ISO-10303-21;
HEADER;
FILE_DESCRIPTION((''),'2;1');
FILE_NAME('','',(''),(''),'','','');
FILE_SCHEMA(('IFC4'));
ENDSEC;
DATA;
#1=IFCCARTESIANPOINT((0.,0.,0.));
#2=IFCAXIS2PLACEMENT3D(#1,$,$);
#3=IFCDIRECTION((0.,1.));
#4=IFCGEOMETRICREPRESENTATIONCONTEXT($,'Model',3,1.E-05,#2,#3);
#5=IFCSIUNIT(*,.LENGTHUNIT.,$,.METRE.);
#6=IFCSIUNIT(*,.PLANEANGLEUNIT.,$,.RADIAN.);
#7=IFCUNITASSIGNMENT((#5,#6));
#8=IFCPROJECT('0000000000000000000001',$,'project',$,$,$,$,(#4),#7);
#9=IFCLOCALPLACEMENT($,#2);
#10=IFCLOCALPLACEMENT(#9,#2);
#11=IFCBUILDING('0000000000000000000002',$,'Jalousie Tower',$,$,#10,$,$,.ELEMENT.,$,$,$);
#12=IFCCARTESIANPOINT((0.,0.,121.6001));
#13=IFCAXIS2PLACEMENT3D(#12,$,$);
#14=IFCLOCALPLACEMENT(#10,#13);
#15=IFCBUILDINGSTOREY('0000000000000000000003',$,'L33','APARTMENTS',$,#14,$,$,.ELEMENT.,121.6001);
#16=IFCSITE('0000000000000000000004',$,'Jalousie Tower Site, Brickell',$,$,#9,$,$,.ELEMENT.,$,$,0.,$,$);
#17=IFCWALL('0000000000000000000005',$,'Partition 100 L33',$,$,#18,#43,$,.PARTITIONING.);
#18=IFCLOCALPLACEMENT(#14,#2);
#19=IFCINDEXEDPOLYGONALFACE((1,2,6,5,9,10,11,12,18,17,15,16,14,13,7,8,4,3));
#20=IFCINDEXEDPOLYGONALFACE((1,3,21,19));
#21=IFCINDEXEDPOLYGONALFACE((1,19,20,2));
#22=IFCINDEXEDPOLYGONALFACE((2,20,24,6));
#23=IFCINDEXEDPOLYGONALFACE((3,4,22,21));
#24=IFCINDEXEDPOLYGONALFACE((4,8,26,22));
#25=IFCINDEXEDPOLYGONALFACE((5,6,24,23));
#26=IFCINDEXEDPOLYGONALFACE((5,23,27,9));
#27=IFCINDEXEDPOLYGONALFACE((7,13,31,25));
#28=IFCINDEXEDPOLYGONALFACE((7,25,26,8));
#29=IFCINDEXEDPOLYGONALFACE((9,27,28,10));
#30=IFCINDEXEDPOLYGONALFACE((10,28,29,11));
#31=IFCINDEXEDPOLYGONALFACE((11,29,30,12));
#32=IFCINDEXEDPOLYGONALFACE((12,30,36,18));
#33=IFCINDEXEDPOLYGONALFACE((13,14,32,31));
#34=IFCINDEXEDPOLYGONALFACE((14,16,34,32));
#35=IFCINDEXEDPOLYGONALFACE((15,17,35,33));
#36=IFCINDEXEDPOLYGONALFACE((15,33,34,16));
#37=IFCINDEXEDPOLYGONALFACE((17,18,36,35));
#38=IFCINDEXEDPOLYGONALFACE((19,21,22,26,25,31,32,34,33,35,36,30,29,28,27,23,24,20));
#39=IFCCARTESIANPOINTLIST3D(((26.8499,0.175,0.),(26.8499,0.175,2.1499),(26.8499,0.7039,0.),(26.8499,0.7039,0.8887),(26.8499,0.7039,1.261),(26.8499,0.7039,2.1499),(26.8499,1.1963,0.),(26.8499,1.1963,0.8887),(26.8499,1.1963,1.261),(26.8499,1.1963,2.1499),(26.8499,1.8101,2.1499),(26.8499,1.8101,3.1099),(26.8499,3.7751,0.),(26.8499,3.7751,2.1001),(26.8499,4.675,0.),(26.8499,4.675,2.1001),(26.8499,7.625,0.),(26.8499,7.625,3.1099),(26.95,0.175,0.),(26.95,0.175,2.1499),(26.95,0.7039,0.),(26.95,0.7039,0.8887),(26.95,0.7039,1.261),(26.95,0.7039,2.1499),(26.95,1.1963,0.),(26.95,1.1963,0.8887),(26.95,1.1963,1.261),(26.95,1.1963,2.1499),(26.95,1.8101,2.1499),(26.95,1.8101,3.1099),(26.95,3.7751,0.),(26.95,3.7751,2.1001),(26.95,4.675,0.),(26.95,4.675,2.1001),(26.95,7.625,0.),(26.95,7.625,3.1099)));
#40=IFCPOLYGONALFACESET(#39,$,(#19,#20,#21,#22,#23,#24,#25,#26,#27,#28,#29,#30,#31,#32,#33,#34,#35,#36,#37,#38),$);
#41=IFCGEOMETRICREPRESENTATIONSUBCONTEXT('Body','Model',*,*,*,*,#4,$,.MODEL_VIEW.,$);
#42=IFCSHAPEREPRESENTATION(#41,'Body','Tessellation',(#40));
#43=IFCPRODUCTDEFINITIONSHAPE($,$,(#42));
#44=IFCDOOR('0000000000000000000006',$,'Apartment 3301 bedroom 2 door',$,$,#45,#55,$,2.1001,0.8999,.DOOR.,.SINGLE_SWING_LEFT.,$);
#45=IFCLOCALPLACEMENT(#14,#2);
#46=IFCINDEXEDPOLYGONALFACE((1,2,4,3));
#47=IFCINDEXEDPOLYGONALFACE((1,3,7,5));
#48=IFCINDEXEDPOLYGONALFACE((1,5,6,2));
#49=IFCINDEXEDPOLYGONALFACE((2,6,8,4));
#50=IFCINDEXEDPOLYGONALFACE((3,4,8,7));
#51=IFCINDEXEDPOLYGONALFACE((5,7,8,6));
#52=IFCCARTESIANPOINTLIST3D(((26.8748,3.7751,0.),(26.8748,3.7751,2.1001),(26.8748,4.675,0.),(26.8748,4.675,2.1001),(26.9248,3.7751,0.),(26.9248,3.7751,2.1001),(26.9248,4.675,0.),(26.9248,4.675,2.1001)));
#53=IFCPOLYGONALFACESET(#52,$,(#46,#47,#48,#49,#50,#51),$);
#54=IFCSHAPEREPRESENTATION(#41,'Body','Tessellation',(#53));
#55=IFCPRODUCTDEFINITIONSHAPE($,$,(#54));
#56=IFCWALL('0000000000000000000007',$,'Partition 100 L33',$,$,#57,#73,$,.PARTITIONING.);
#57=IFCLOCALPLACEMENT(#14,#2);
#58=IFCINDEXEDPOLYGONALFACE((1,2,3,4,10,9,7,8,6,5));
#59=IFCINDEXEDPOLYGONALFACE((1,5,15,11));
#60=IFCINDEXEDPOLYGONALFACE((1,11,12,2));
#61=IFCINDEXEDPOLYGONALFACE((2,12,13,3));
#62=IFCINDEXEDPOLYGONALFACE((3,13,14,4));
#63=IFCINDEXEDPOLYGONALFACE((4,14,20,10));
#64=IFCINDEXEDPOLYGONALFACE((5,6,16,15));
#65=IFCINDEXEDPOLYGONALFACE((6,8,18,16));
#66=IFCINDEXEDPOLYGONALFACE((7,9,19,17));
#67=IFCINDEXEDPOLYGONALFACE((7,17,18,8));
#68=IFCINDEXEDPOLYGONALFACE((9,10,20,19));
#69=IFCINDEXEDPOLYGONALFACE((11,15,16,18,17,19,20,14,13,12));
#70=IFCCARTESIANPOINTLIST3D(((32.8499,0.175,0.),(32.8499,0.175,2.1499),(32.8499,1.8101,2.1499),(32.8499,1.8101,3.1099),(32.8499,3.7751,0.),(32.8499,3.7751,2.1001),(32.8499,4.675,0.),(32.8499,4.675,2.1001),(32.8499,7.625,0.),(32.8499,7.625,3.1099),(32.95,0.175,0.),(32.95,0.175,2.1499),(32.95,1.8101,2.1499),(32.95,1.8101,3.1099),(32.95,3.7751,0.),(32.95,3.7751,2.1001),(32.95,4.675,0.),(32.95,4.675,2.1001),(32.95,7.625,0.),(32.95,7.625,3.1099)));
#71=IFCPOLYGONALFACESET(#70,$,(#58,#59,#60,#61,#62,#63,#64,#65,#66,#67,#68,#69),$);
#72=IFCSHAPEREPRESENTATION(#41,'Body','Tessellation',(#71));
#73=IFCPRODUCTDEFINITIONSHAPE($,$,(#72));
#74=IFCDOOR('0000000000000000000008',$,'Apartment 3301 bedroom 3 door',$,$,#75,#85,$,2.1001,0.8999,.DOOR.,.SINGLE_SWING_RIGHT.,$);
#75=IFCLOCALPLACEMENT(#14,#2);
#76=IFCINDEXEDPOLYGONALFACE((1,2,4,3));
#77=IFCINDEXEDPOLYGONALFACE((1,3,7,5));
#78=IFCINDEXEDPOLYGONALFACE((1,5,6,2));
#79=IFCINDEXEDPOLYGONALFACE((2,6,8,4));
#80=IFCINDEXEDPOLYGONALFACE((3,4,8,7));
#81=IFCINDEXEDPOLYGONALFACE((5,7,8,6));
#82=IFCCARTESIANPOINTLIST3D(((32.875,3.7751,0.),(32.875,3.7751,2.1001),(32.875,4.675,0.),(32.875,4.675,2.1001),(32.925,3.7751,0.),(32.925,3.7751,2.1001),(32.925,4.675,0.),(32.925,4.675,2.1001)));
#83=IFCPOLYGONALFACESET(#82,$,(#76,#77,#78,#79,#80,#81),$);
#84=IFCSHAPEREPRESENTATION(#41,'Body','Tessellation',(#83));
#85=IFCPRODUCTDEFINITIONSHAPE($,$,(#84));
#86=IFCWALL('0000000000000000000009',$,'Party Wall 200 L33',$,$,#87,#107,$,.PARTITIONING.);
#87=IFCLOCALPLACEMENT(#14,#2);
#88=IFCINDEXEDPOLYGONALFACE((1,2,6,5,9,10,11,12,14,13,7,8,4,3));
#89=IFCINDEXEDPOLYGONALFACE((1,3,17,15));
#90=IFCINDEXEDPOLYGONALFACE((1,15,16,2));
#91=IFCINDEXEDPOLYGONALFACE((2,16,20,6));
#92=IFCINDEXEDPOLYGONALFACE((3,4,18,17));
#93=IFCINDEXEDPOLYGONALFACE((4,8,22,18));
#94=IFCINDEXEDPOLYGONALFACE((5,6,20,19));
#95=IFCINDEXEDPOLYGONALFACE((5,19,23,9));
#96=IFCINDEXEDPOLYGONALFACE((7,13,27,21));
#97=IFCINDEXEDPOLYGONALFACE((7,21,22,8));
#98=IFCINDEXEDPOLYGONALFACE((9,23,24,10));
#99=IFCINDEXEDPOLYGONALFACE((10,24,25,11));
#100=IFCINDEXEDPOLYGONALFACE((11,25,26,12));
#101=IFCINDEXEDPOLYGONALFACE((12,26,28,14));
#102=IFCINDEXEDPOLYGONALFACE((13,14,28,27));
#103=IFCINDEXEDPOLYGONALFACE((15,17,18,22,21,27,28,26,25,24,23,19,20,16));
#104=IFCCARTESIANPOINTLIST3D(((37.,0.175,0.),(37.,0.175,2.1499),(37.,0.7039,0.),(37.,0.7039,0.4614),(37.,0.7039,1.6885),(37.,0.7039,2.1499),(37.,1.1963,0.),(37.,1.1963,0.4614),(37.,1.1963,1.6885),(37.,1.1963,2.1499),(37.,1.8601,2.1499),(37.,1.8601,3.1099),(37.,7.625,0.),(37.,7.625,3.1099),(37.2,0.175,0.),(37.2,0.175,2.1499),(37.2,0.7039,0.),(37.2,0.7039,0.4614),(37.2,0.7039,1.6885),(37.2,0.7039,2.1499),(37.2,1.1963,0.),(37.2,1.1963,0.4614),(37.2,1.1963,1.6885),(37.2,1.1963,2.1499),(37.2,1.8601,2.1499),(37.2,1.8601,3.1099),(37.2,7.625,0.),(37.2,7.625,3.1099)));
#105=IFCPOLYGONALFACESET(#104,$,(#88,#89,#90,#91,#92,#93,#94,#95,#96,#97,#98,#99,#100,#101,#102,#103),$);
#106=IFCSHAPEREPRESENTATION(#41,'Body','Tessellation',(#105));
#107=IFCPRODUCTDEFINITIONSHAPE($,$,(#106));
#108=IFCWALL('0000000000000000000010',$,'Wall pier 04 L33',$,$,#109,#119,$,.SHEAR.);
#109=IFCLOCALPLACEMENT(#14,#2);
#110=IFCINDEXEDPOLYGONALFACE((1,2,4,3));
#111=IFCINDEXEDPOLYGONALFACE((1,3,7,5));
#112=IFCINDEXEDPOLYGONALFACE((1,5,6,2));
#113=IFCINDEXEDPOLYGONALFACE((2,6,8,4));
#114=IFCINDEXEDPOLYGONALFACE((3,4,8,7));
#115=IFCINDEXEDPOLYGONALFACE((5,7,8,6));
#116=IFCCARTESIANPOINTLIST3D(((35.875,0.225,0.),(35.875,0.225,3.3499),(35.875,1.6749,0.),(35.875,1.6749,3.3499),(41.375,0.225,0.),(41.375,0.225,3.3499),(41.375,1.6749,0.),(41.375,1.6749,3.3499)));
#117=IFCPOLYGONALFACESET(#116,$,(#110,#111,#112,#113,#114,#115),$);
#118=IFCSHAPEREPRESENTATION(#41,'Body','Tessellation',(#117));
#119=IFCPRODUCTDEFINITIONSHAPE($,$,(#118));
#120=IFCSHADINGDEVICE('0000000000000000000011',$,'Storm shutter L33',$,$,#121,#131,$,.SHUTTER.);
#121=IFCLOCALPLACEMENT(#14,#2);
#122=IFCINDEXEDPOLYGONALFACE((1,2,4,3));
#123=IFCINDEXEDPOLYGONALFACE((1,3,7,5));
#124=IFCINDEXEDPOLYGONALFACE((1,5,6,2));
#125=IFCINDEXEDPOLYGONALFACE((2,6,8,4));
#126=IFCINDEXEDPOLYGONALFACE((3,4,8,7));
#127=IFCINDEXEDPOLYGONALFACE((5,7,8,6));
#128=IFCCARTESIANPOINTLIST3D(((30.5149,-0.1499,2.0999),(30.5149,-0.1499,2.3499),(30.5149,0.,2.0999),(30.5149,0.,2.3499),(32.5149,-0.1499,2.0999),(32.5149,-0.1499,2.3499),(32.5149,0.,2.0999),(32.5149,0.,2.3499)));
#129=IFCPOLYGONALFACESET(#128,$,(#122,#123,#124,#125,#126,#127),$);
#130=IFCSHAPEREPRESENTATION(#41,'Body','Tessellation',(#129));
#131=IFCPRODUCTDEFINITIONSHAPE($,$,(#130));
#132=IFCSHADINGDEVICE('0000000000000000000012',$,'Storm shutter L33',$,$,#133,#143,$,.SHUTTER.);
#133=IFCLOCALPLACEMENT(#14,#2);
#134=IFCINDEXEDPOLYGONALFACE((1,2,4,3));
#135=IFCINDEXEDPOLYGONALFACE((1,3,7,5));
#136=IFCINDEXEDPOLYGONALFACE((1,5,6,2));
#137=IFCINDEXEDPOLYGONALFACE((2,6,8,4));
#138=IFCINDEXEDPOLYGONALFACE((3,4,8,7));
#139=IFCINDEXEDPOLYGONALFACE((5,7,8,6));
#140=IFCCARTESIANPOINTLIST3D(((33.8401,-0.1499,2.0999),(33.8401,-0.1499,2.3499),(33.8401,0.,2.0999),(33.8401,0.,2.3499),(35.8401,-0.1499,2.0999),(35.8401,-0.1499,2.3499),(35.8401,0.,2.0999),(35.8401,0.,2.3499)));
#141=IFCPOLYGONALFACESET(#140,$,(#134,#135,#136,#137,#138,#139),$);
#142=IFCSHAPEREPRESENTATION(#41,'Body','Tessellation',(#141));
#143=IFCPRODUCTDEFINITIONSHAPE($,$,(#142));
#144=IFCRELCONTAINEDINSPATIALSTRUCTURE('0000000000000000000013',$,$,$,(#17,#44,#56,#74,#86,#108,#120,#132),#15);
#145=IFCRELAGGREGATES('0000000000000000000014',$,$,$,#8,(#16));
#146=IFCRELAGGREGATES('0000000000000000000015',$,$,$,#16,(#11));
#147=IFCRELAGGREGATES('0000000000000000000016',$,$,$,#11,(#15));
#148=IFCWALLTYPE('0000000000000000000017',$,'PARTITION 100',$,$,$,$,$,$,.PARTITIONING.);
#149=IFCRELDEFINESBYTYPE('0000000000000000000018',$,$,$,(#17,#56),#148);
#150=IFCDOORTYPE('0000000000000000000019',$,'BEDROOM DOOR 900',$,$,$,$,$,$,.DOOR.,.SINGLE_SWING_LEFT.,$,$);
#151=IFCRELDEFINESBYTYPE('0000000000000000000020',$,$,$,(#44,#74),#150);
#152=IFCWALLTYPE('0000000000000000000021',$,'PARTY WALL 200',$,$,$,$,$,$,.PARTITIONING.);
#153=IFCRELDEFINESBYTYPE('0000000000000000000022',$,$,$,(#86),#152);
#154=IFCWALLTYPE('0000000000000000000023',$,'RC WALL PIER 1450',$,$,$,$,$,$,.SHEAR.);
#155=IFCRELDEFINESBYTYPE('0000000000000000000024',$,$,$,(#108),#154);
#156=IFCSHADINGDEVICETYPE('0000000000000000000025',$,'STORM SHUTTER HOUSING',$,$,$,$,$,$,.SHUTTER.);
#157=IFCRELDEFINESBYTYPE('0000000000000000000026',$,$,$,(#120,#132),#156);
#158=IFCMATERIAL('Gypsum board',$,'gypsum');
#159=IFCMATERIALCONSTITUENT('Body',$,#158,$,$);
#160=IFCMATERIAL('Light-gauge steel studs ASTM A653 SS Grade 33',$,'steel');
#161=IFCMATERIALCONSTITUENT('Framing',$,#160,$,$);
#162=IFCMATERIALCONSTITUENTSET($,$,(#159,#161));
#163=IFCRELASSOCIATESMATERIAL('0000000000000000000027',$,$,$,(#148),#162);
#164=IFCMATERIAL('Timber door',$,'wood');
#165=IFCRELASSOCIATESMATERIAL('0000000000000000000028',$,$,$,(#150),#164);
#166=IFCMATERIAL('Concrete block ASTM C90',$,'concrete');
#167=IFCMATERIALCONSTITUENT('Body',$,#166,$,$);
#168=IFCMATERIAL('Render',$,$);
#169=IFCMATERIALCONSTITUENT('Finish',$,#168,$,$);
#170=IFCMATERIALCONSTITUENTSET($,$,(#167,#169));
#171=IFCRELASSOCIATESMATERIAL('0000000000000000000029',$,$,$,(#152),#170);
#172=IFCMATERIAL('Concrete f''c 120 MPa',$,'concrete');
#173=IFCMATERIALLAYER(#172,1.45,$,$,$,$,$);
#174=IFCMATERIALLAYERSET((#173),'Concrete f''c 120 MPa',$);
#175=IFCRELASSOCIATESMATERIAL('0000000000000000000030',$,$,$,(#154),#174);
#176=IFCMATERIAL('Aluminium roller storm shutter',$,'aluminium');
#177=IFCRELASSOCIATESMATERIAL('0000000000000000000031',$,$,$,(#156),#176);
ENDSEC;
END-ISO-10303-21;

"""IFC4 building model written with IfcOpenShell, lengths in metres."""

from ifc_helpers import new_model, si_unit, direction, frame, frame_2d, origin, origin_2d, place, context, subcontext, project, spatial, polyline, rectangle, outline, extrude, material, layer, layer_set, constituent, constituent_set, type_object, element, fill, save


model = new_model("IFC4")

# Units and contexts
model_context = context("Model", 3, precision=1e-05, world=origin(), true_north=direction((0.0, 1.0)))
body_context = subcontext(model_context, "Body", "Model", "MODEL_VIEW")
ifc_project = project(units=[si_unit("LENGTHUNIT", "METRE"), si_unit("PLANEANGLEUNIT", "RADIAN")], contexts=[model_context])

# Site, building, storey
site_placement = place(None, origin())
site = spatial("IfcSite", under=ifc_project, at=site_placement, Name="Jalousie Tower Site, Brickell", CompositionType="ELEMENT", RefElevation=0.0)
building_placement = place(site_placement, origin())
building = spatial("IfcBuilding", under=site, at=building_placement, Name="Jalousie Tower", CompositionType="ELEMENT")
storey_placement = place(building_placement, frame((0.0, 0.0, 121.6001)))
storey = spatial("IfcBuildingStorey", under=building, at=storey_placement, Name="L33", Description="APARTMENTS", CompositionType="ELEMENT", Elevation=121.6001)

# Walls, openings, doors
ifc_material_1 = material(Name="Gypsum board", Category="gypsum")
ifc_constituent_1 = constituent(ifc_material_1, Name="Body")
ifc_material_2 = material(Name="Light-gauge steel studs ASTM A653 SS Grade 33", Category="steel")
ifc_constituent_2 = constituent(ifc_material_2, Name="Framing")
ifc_constituent_set_1 = constituent_set(constituents=[ifc_constituent_1, ifc_constituent_2])
wall_type_1 = type_object("IfcWallType", Name="PARTITION 100", PredefinedType="PARTITIONING", material=ifc_constituent_set_1)
wall_1_placement = place(storey_placement, frame((26.8999, 0.175, 0.0), z_axis=(0.0, 0.0, 1.0), x_axis=(0.0, 1.0, 0.0)))
wall_1 = element("IfcWall", 1, at=wall_1_placement, inside=storey, type_object=wall_type_1, Name="Partition 100 L33", PredefinedType="PARTITIONING", context=body_context, shape_type="SweptSolid", body=[
    extrude(outline(polyline([(0.5288, 2.1499), (0.0, 2.1499), (0.0, 0.0), (0.5288, 0.0), (0.5288, 0.8887), (1.0212, 0.8887), (1.0212, 0.0), (7.45, 0.0), (7.45, 3.1099), (1.635, 3.1099), (1.635, 2.1499), (1.0212, 2.1499), (1.0212, 1.261), (0.5288, 1.261), (0.5288, 2.1499)])), frame((0.0, 0.05, 0.0), z_axis=(0.0, -1.0, 0.0), x_axis=(1.0, 0.0, 0.0)), (0.0, 0.0, 1.0), 0.1001),
])
opening_1_placement = place(wall_1_placement, frame((3.6001, 0.0, 0.0)))
opening_1 = element("IfcOpeningElement", 2, at=opening_1_placement, cuts=wall_1, PredefinedType="OPENING", context=body_context, shape_type="SweptSolid", body=[
    extrude(rectangle(XDim=0.8999, YDim=2.1001, at=frame_2d((0.45, 1.05))), frame((0.0, 0.0601, 0.0), z_axis=(0.0, -1.0, 0.0), x_axis=(1.0, 0.0, 0.0)), (0.0, 0.0, 1.0), 0.1201),
])
ifc_material_3 = material(Name="Timber door", Category="wood")
door_type = type_object("IfcDoorType", Name="BEDROOM DOOR 900", OperationType="SINGLE_SWING_LEFT", PredefinedType="DOOR", material=ifc_material_3)
door_1_placement = place(opening_1_placement, frame((0.8999, 0.0, 0.0), z_axis=(0.0, 0.0, 1.0), x_axis=(-1.0, 0.0, 0.0)))
door_1 = element("IfcDoor", 3, at=door_1_placement, inside=storey, type_object=door_type, Name="Apartment 3301 bedroom 2 door", OperationType="SINGLE_SWING_LEFT", OverallHeight=2.1001, OverallWidth=0.8999, PredefinedType="DOOR", context=body_context, shape_type="SweptSolid", body=[
    extrude(rectangle(XDim=0.8999, YDim=2.1001, at=frame_2d((0.45, 1.05))), frame((0.0, 0.0249, 0.0), z_axis=(0.0, -1.0, 0.0), x_axis=(1.0, 0.0, 0.0)), (0.0, 0.0, 1.0), 0.05),
])
fill(opening_1, door_1)
wall_2_placement = place(storey_placement, frame((32.8999, 0.175, 0.0), z_axis=(0.0, 0.0, 1.0), x_axis=(0.0, 1.0, 0.0)))
wall_2 = element("IfcWall", 4, at=wall_2_placement, inside=storey, type_object=wall_type_1, Name="Partition 100 L33", PredefinedType="PARTITIONING", context=body_context, shape_type="SweptSolid", body=[
    extrude(outline(polyline([(0.0, 0.0), (7.45, 0.0), (7.45, 3.1099), (1.635, 3.1099), (1.635, 2.1499), (0.0, 2.1499), (0.0, 3.1099), (0.0, 0.0)])), frame((0.0, 0.05, 0.0), z_axis=(0.0, -1.0, 0.0), x_axis=(1.0, 0.0, 0.0)), (0.0, 0.0, 1.0), 0.1001),
])
opening_2_placement = place(wall_2_placement, frame((3.6001, 0.0, 0.0)))
opening_2 = element("IfcOpeningElement", 5, at=opening_2_placement, cuts=wall_2, PredefinedType="OPENING", context=body_context, shape_type="SweptSolid", body=[
    extrude(rectangle(XDim=0.8999, YDim=2.1001, at=frame_2d((0.45, 1.05))), frame((0.0, 0.0601, 0.0), z_axis=(0.0, -1.0, 0.0), x_axis=(1.0, 0.0, 0.0)), (0.0, 0.0, 1.0), 0.1201),
])
door_2_placement = place(opening_2_placement, origin())
door_2 = element("IfcDoor", 6, at=door_2_placement, inside=storey, type_object=door_type, Name="Apartment 3301 bedroom 3 door", OperationType="SINGLE_SWING_RIGHT", OverallHeight=2.1001, OverallWidth=0.8999, PredefinedType="DOOR", context=body_context, shape_type="SweptSolid", body=[
    extrude(rectangle(XDim=0.8999, YDim=2.1001, at=frame_2d((0.45, 1.05))), frame((0.0, 0.0249, 0.0), z_axis=(0.0, -1.0, 0.0), x_axis=(1.0, 0.0, 0.0)), (0.0, 0.0, 1.0), 0.05),
])
fill(opening_2, door_2)

# Walls
ifc_material_4 = material(Name="Concrete block ASTM C90", Category="concrete")
ifc_constituent_3 = constituent(ifc_material_4, Name="Body")
ifc_material_5 = material(Name="Render")
ifc_constituent_4 = constituent(ifc_material_5, Name="Finish")
ifc_constituent_set_2 = constituent_set(constituents=[ifc_constituent_3, ifc_constituent_4])
wall_type_2 = type_object("IfcWallType", Name="PARTY WALL 200", PredefinedType="PARTITIONING", material=ifc_constituent_set_2)
wall_3_placement = place(storey_placement, frame((37.1001, 0.175, 0.0), z_axis=(0.0, 0.0, 1.0), x_axis=(0.0, 1.0, 0.0)))
element("IfcWall", 7, at=wall_3_placement, inside=storey, type_object=wall_type_2, Name="Party Wall 200 L33", PredefinedType="PARTITIONING", context=body_context, shape_type="SweptSolid", body=[
    extrude(outline(polyline([(0.5288, 2.1499), (0.0, 2.1499), (0.0, 0.0), (0.5288, 0.0), (0.5288, 0.4614), (1.0212, 0.4614), (1.0212, 0.0), (7.45, 0.0), (7.45, 3.1099), (1.6851, 3.1099), (1.6851, 2.1499), (1.0212, 2.1499), (1.0212, 1.6885), (0.5288, 1.6885), (0.5288, 2.1499)])), frame((0.0, 0.1001, 0.0), z_axis=(0.0, -1.0, 0.0), x_axis=(1.0, 0.0, 0.0)), (0.0, 0.0, 1.0), 0.2),
])
ifc_material_6 = material(Name="Concrete f'c 120 MPa", Category="concrete")
ifc_layer_1 = layer(ifc_material_6, 1.45)
ifc_layer_set_1 = layer_set([ifc_layer_1], Name="Concrete f'c 120 MPa")
wall_type_3 = type_object("IfcWallType", Name="RC WALL PIER 1450", PredefinedType="SHEAR", material=ifc_layer_set_1)
wall_4_placement = place(storey_placement, frame((35.875, 0.95, 0.0), z_axis=(0.0, 0.0, 1.0), x_axis=(1.0, 0.0, 0.0)))
element("IfcWall", 8, at=wall_4_placement, inside=storey, type_object=wall_type_3, Name="Wall pier 04 L33", PredefinedType="SHEAR", context=body_context, shape_type="SweptSolid", body=[
    extrude(rectangle(XDim=5.5, YDim=1.45, at=frame_2d((2.75, 0.0))), origin(), (0.0, 0.0, 1.0), 3.3499),
])

# Shading devices
ifc_material_7 = material(Name="Aluminium roller storm shutter", Category="aluminium")
shading_device_type = type_object("IfcShadingDeviceType", Name="STORM SHUTTER HOUSING", PredefinedType="SHUTTER", material=ifc_material_7)
for number, where, z_axis, x_axis, name in (
    (9, (31.5149, -0.075, 2.0999), (0.0, 0.0, 1.0), (1.0, 0.0, 0.0), "Storm shutter L33"),
    (10, (34.8401, -0.075, 2.0999), (0.0, 0.0, 1.0), (1.0, 0.0, 0.0), "Storm shutter L33"),
):
    element("IfcShadingDevice", number, at=place(storey_placement, frame(where, z_axis=z_axis, x_axis=x_axis)), inside=storey, type_object=shading_device_type, Name=name, PredefinedType="SHUTTER", context=body_context, shape_type="SweptSolid", body=[
        extrude(rectangle(XDim=2.0, YDim=0.1499, at=origin_2d()), origin(), (0.0, 0.0, 1.0), 0.25),
    ])

save(model, "model.ifc")
